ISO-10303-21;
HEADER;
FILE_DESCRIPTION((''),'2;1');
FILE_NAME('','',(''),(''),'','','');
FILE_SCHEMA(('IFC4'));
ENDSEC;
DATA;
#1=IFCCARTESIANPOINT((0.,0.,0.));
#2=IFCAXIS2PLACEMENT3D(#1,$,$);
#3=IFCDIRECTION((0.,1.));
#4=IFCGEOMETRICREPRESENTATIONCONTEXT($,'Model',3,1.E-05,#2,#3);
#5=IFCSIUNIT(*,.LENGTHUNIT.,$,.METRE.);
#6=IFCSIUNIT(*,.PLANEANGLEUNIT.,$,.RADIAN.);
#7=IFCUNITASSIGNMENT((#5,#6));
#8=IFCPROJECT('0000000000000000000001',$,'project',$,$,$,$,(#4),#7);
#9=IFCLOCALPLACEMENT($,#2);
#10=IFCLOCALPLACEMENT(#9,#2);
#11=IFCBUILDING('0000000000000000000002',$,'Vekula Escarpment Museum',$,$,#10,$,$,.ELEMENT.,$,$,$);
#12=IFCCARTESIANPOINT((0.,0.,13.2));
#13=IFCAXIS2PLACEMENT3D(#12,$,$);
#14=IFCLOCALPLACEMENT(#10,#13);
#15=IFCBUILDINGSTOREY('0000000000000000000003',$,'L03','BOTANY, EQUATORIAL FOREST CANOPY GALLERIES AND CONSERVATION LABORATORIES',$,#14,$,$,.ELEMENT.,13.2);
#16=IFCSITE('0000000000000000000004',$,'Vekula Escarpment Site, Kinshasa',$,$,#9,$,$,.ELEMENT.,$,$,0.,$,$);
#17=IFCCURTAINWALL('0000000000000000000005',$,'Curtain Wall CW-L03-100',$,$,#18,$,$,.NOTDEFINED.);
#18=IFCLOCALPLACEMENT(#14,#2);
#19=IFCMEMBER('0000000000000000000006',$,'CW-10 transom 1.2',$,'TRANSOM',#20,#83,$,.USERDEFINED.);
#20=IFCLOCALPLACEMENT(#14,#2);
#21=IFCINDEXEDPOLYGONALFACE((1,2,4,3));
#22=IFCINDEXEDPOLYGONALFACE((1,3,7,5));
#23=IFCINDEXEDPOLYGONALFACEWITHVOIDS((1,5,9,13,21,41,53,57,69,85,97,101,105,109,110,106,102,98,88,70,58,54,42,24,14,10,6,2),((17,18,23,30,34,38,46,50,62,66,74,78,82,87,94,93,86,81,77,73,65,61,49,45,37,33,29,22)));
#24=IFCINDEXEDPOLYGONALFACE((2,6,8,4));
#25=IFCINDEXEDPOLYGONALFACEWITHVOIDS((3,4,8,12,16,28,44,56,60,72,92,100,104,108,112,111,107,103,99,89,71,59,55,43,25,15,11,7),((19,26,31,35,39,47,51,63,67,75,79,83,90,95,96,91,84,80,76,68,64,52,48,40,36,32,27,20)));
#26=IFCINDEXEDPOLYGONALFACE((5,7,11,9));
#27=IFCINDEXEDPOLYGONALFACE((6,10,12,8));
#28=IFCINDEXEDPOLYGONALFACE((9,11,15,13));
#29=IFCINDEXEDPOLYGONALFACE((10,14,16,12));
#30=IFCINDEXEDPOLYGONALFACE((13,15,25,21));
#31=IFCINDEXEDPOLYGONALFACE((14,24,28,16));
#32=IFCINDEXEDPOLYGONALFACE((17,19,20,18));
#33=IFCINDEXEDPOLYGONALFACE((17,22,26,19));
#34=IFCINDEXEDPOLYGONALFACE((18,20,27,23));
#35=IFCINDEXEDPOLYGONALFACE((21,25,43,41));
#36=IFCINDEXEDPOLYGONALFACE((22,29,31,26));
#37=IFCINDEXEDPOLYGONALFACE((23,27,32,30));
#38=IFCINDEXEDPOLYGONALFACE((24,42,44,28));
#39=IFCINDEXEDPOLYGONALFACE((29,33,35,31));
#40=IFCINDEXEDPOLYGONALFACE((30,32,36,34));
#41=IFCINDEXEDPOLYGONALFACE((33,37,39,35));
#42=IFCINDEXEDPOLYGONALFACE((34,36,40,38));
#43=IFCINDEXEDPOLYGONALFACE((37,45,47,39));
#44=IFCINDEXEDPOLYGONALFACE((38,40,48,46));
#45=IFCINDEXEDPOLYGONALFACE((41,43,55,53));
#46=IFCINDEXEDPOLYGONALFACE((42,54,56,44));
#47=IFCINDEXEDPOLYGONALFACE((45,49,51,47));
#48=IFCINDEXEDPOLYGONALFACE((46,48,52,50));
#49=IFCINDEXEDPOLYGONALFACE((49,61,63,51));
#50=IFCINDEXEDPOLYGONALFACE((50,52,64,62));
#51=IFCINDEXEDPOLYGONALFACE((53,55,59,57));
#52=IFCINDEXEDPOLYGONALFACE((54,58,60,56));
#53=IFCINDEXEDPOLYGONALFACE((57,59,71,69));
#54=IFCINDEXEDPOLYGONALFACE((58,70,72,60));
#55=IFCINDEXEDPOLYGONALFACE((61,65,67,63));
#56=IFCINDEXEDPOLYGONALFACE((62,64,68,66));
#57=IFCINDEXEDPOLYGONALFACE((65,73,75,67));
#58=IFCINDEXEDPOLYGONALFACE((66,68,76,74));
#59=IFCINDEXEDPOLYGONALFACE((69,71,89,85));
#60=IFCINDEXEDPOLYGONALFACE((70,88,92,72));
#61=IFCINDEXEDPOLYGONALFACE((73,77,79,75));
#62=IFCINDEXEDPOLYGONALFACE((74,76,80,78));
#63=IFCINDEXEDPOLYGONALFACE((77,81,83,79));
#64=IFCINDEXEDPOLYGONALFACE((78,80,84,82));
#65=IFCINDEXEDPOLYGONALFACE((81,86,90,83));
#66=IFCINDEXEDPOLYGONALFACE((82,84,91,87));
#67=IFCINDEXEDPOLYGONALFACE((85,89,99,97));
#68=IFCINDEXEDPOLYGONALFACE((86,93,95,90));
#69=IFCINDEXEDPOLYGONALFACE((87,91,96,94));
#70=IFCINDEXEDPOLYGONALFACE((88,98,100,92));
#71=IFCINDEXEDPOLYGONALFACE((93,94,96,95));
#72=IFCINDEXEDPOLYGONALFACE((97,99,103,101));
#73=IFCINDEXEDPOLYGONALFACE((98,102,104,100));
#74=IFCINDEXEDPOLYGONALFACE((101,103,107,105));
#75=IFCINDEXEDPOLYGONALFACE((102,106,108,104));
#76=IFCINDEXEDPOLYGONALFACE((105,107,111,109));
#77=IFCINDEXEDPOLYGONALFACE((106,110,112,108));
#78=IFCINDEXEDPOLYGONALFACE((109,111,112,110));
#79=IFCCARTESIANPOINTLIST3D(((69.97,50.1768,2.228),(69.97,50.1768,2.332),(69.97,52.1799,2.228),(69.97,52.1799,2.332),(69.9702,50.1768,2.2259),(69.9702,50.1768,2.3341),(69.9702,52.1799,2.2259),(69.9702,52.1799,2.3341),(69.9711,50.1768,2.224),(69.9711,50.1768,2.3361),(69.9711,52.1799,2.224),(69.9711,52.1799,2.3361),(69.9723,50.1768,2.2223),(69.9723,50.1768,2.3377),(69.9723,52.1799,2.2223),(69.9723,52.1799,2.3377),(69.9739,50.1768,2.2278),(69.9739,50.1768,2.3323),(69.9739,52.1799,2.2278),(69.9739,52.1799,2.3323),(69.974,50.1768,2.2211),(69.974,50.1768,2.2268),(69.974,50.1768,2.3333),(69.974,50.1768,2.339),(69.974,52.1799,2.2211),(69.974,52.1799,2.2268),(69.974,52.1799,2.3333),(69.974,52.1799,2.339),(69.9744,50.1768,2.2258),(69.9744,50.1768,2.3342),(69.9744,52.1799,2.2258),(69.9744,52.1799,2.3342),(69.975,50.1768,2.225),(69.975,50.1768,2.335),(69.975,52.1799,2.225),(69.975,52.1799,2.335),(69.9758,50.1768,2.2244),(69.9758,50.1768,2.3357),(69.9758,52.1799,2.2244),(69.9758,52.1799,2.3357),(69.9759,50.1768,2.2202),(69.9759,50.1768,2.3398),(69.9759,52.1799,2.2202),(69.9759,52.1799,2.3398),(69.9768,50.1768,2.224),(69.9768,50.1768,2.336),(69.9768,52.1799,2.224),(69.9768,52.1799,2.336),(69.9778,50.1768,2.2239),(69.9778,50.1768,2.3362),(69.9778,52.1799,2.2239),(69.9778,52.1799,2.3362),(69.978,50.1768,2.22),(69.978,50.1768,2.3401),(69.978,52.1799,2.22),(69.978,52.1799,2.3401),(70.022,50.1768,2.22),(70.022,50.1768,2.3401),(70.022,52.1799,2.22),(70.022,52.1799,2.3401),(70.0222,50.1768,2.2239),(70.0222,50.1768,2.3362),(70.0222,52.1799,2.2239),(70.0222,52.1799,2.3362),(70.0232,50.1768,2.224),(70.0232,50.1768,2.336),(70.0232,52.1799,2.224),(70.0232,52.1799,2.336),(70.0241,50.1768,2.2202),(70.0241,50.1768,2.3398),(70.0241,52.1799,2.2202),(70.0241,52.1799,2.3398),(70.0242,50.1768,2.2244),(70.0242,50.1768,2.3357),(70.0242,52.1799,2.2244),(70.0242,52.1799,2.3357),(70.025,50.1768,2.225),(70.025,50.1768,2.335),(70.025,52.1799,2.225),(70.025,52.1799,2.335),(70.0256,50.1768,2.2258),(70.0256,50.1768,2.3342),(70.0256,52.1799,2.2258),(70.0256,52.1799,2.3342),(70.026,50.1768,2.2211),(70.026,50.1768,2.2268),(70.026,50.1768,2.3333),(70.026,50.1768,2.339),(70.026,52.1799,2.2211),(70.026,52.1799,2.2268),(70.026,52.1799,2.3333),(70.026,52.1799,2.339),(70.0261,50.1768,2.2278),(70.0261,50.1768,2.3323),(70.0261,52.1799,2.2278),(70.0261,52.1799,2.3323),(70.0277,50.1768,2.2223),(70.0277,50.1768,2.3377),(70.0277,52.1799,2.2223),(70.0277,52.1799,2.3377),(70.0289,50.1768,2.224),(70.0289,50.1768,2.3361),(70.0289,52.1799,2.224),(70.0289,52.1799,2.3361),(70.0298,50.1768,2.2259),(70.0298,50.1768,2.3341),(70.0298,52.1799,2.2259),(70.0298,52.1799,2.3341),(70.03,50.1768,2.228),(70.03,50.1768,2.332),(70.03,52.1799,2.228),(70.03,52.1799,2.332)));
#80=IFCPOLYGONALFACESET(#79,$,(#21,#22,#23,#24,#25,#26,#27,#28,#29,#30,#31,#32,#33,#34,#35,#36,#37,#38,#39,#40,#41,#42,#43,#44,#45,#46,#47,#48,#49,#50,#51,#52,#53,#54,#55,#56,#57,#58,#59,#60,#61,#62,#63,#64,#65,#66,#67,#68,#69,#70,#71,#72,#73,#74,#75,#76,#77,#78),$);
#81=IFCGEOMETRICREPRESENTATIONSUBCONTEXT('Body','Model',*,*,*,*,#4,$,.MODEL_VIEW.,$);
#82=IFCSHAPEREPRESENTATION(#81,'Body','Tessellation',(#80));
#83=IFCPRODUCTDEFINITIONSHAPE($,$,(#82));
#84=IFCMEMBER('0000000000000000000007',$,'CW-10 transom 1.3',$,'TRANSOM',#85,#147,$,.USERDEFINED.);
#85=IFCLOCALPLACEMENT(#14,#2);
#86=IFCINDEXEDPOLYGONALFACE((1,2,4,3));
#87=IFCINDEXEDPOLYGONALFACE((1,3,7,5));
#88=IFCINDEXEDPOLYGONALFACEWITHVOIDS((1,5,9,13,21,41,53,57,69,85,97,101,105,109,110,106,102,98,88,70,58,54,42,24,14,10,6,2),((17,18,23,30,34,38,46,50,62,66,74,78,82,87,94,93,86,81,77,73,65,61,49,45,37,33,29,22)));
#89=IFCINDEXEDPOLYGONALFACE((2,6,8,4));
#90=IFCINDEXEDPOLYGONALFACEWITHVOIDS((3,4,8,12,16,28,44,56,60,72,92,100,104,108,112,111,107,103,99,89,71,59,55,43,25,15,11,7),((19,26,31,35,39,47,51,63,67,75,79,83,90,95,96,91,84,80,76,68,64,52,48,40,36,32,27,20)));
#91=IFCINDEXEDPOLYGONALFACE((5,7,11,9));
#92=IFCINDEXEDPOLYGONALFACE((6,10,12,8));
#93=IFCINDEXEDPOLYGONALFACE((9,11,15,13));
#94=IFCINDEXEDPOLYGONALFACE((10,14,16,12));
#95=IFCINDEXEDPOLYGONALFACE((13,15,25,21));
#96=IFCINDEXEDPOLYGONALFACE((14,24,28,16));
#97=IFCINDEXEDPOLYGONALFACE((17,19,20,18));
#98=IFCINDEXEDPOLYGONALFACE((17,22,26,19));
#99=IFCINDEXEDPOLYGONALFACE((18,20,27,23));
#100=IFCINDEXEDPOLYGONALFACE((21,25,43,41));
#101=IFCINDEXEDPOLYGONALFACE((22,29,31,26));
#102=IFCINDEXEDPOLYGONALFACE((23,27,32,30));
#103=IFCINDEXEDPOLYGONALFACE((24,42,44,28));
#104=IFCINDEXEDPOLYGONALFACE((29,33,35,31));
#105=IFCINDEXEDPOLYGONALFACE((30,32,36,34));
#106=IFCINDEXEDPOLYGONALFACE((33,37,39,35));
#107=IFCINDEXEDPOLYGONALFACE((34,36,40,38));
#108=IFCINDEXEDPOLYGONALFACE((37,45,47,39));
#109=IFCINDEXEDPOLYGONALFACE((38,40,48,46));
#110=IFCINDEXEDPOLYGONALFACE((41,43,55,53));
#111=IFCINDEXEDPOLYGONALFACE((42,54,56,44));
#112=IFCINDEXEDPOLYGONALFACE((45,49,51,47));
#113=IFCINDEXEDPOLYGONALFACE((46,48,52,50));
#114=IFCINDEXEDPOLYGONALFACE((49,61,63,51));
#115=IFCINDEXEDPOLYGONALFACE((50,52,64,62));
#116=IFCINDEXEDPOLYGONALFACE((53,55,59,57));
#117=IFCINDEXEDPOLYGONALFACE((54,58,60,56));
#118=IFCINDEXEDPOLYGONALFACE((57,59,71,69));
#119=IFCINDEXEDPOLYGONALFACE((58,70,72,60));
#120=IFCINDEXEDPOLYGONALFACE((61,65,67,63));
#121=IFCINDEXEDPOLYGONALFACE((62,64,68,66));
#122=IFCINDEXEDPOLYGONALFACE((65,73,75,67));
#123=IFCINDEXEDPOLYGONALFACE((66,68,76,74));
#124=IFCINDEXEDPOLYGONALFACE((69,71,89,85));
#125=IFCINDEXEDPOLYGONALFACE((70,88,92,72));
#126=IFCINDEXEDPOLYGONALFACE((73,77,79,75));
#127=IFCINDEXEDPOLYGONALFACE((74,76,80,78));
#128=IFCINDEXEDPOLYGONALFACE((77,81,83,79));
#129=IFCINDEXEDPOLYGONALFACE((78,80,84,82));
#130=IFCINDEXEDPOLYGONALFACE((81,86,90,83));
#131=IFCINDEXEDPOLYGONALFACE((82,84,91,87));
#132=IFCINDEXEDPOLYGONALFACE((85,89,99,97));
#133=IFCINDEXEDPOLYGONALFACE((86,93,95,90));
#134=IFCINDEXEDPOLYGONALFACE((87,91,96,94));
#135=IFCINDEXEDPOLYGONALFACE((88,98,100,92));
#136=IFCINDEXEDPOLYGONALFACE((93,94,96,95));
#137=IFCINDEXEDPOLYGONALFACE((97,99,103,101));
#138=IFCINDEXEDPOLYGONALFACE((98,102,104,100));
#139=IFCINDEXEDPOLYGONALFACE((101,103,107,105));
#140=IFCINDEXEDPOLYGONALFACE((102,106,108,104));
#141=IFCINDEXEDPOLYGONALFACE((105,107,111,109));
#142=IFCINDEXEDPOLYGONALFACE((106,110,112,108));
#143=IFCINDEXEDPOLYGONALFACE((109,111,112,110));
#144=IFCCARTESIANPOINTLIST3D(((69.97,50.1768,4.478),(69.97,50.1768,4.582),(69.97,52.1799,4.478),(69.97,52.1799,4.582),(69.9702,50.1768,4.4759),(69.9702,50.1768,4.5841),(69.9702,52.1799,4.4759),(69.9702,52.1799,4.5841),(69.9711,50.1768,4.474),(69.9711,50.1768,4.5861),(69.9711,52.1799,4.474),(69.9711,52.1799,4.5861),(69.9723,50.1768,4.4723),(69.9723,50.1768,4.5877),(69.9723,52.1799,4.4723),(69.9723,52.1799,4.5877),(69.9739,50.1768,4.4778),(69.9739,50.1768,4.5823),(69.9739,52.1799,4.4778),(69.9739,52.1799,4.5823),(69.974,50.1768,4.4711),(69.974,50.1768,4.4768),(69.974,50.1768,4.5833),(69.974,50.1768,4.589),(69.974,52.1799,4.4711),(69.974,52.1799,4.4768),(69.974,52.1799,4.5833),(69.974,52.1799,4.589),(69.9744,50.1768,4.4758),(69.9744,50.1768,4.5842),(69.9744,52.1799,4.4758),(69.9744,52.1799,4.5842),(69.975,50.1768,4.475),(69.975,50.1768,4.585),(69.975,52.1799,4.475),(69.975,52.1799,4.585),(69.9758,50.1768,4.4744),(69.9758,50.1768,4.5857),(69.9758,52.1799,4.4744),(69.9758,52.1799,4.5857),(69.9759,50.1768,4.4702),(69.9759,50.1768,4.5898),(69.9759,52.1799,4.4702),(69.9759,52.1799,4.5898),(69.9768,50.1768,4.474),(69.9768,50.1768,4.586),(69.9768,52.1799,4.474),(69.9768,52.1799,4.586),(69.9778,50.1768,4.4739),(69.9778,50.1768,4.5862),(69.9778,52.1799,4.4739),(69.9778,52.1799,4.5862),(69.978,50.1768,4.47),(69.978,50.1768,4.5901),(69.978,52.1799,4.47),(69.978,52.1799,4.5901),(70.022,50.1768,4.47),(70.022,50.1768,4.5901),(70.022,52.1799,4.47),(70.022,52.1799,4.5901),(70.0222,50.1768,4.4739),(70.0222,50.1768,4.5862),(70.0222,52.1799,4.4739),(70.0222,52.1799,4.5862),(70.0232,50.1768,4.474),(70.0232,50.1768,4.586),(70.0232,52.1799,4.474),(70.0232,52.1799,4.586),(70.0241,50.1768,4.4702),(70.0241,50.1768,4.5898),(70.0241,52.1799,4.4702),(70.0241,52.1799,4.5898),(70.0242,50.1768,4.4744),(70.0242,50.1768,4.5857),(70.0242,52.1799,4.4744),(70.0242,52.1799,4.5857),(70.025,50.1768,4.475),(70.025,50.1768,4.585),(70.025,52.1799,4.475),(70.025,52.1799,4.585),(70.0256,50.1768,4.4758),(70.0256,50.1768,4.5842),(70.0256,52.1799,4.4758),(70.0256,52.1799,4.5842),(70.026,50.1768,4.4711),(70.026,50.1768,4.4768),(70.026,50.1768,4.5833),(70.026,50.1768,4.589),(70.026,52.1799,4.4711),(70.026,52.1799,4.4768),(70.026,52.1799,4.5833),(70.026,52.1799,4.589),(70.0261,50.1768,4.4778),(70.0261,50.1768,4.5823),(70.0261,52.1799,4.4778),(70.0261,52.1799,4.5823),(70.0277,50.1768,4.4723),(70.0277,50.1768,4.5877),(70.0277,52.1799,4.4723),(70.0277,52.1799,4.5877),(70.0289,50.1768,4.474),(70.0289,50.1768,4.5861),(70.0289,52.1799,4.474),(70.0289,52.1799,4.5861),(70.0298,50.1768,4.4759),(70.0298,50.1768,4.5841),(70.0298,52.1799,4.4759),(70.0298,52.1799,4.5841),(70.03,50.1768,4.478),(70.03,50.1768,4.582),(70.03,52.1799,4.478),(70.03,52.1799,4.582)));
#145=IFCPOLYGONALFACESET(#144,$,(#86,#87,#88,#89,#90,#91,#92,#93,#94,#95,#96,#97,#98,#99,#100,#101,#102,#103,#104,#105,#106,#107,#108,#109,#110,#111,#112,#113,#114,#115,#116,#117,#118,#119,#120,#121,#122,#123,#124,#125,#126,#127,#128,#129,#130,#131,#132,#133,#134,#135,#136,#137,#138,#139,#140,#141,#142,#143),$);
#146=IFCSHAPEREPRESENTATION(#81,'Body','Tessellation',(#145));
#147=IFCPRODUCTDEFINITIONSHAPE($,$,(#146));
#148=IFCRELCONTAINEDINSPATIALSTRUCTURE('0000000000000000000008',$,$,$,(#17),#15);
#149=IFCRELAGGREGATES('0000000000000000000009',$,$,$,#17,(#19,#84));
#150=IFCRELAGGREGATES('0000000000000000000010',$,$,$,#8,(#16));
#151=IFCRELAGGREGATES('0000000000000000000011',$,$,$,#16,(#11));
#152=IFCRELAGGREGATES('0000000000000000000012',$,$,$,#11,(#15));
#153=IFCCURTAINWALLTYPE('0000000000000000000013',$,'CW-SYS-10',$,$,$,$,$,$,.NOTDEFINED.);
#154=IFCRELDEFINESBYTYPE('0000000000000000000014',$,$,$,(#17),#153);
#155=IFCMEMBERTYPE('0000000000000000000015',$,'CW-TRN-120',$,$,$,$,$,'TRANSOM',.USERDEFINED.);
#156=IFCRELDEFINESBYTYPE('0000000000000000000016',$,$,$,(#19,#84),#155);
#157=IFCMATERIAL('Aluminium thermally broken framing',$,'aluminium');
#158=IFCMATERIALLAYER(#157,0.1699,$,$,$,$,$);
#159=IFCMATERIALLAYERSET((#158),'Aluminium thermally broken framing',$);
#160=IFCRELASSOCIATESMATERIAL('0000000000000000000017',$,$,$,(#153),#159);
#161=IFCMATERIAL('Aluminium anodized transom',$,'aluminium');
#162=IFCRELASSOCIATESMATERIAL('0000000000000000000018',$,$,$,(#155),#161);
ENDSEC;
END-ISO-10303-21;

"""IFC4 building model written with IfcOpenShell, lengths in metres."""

from ifc_helpers import new_model, si_unit, direction, frame, origin, origin_2d, place, context, subcontext, project, spatial, hollow_rectangle, extrude, material, layer, layer_set, material_profile, profile_set, type_object, element, aggregate, save


model = new_model("IFC4")

# Units and contexts
model_context = context("Model", 3, precision=1e-05, world=origin(), true_north=direction((0.0, 1.0)))
body_context = subcontext(model_context, "Body", "Model", "MODEL_VIEW")
ifc_project = project(units=[si_unit("LENGTHUNIT", "METRE"), si_unit("PLANEANGLEUNIT", "RADIAN")], contexts=[model_context])

# Site, building, storey
site_placement = place(None, origin())
site = spatial("IfcSite", under=ifc_project, at=site_placement, Name="Vekula Escarpment Site, Kinshasa", CompositionType="ELEMENT", RefElevation=0.0)
building_placement = place(site_placement, origin())
building = spatial("IfcBuilding", under=site, at=building_placement, Name="Vekula Escarpment Museum", CompositionType="ELEMENT")
storey_placement = place(building_placement, frame((0.0, 0.0, 13.2)))
storey = spatial("IfcBuildingStorey", under=building, at=storey_placement, Name="L03", Description="BOTANY, EQUATORIAL FOREST CANOPY GALLERIES AND CONSERVATION LABORATORIES", CompositionType="ELEMENT", Elevation=13.2)

# Curtain wall, members
ifc_material_1 = material(Name="Aluminium thermally broken framing", Category="aluminium")
ifc_layer_1 = layer(ifc_material_1, 0.1699)
ifc_layer_set_1 = layer_set([ifc_layer_1], Name="Aluminium thermally broken framing")
curtain_wall_type = type_object("IfcCurtainWallType", Name="CW-SYS-10", PredefinedType="NOTDEFINED", material=ifc_layer_set_1)
curtain_wall_placement = place(storey_placement, origin())
curtain_wall = element("IfcCurtainWall", 1, at=curtain_wall_placement, inside=storey, type_object=curtain_wall_type, Name="Curtain Wall CW-L03-100", PredefinedType="NOTDEFINED")
ifc_material_2 = material(Name="Aluminium anodized transom", Category="aluminium")
ifc_material_profile_1 = material_profile(ifc_material_2, hollow_rectangle(XDim=0.0601, YDim=0.1201, WallThickness=0.0039, InnerFilletRadius=0.0039, OuterFilletRadius=0.0081, at=origin_2d()), Name="ALU 120x60x4")
ifc_profile_set_1 = profile_set([ifc_material_profile_1], Name="Aluminium anodized transom")
member_type_1 = type_object("IfcMemberType", Name="CW-TRN-120", ElementType="TRANSOM", PredefinedType="USERDEFINED", material=ifc_profile_set_1)
member_1_placement = place(storey_placement, frame((70.0, 52.1799, 2.28), z_axis=(0.0, -1.0, 0.0), x_axis=(1.0, 0.0, 0.0)))
member_1 = element("IfcMember", 2, at=member_1_placement, type_object=member_type_1, Name="CW-10 transom 1.2", ObjectType="TRANSOM", PredefinedType="USERDEFINED", context=body_context, shape_type="SweptSolid", body=[
    extrude(hollow_rectangle(XDim=0.0601, YDim=0.1201, WallThickness=0.0039, InnerFilletRadius=0.0039, OuterFilletRadius=0.0081, at=origin_2d()), origin(), (0.0, 0.0, 1.0), 2.0032),
])
member_2_placement = place(storey_placement, frame((70.0, 52.1799, 4.53), z_axis=(0.0, -1.0, 0.0), x_axis=(1.0, 0.0, 0.0)))
member_2 = element("IfcMember", 3, at=member_2_placement, type_object=member_type_1, Name="CW-10 transom 1.3", ObjectType="TRANSOM", PredefinedType="USERDEFINED", context=body_context, shape_type="SweptSolid", body=[
    extrude(hollow_rectangle(XDim=0.0601, YDim=0.1201, WallThickness=0.0039, InnerFilletRadius=0.0039, OuterFilletRadius=0.0081, at=origin_2d()), origin(), (0.0, 0.0, 1.0), 2.0032),
])
aggregate(curtain_wall, [member_1, member_2])

save(model, "model.ifc")
